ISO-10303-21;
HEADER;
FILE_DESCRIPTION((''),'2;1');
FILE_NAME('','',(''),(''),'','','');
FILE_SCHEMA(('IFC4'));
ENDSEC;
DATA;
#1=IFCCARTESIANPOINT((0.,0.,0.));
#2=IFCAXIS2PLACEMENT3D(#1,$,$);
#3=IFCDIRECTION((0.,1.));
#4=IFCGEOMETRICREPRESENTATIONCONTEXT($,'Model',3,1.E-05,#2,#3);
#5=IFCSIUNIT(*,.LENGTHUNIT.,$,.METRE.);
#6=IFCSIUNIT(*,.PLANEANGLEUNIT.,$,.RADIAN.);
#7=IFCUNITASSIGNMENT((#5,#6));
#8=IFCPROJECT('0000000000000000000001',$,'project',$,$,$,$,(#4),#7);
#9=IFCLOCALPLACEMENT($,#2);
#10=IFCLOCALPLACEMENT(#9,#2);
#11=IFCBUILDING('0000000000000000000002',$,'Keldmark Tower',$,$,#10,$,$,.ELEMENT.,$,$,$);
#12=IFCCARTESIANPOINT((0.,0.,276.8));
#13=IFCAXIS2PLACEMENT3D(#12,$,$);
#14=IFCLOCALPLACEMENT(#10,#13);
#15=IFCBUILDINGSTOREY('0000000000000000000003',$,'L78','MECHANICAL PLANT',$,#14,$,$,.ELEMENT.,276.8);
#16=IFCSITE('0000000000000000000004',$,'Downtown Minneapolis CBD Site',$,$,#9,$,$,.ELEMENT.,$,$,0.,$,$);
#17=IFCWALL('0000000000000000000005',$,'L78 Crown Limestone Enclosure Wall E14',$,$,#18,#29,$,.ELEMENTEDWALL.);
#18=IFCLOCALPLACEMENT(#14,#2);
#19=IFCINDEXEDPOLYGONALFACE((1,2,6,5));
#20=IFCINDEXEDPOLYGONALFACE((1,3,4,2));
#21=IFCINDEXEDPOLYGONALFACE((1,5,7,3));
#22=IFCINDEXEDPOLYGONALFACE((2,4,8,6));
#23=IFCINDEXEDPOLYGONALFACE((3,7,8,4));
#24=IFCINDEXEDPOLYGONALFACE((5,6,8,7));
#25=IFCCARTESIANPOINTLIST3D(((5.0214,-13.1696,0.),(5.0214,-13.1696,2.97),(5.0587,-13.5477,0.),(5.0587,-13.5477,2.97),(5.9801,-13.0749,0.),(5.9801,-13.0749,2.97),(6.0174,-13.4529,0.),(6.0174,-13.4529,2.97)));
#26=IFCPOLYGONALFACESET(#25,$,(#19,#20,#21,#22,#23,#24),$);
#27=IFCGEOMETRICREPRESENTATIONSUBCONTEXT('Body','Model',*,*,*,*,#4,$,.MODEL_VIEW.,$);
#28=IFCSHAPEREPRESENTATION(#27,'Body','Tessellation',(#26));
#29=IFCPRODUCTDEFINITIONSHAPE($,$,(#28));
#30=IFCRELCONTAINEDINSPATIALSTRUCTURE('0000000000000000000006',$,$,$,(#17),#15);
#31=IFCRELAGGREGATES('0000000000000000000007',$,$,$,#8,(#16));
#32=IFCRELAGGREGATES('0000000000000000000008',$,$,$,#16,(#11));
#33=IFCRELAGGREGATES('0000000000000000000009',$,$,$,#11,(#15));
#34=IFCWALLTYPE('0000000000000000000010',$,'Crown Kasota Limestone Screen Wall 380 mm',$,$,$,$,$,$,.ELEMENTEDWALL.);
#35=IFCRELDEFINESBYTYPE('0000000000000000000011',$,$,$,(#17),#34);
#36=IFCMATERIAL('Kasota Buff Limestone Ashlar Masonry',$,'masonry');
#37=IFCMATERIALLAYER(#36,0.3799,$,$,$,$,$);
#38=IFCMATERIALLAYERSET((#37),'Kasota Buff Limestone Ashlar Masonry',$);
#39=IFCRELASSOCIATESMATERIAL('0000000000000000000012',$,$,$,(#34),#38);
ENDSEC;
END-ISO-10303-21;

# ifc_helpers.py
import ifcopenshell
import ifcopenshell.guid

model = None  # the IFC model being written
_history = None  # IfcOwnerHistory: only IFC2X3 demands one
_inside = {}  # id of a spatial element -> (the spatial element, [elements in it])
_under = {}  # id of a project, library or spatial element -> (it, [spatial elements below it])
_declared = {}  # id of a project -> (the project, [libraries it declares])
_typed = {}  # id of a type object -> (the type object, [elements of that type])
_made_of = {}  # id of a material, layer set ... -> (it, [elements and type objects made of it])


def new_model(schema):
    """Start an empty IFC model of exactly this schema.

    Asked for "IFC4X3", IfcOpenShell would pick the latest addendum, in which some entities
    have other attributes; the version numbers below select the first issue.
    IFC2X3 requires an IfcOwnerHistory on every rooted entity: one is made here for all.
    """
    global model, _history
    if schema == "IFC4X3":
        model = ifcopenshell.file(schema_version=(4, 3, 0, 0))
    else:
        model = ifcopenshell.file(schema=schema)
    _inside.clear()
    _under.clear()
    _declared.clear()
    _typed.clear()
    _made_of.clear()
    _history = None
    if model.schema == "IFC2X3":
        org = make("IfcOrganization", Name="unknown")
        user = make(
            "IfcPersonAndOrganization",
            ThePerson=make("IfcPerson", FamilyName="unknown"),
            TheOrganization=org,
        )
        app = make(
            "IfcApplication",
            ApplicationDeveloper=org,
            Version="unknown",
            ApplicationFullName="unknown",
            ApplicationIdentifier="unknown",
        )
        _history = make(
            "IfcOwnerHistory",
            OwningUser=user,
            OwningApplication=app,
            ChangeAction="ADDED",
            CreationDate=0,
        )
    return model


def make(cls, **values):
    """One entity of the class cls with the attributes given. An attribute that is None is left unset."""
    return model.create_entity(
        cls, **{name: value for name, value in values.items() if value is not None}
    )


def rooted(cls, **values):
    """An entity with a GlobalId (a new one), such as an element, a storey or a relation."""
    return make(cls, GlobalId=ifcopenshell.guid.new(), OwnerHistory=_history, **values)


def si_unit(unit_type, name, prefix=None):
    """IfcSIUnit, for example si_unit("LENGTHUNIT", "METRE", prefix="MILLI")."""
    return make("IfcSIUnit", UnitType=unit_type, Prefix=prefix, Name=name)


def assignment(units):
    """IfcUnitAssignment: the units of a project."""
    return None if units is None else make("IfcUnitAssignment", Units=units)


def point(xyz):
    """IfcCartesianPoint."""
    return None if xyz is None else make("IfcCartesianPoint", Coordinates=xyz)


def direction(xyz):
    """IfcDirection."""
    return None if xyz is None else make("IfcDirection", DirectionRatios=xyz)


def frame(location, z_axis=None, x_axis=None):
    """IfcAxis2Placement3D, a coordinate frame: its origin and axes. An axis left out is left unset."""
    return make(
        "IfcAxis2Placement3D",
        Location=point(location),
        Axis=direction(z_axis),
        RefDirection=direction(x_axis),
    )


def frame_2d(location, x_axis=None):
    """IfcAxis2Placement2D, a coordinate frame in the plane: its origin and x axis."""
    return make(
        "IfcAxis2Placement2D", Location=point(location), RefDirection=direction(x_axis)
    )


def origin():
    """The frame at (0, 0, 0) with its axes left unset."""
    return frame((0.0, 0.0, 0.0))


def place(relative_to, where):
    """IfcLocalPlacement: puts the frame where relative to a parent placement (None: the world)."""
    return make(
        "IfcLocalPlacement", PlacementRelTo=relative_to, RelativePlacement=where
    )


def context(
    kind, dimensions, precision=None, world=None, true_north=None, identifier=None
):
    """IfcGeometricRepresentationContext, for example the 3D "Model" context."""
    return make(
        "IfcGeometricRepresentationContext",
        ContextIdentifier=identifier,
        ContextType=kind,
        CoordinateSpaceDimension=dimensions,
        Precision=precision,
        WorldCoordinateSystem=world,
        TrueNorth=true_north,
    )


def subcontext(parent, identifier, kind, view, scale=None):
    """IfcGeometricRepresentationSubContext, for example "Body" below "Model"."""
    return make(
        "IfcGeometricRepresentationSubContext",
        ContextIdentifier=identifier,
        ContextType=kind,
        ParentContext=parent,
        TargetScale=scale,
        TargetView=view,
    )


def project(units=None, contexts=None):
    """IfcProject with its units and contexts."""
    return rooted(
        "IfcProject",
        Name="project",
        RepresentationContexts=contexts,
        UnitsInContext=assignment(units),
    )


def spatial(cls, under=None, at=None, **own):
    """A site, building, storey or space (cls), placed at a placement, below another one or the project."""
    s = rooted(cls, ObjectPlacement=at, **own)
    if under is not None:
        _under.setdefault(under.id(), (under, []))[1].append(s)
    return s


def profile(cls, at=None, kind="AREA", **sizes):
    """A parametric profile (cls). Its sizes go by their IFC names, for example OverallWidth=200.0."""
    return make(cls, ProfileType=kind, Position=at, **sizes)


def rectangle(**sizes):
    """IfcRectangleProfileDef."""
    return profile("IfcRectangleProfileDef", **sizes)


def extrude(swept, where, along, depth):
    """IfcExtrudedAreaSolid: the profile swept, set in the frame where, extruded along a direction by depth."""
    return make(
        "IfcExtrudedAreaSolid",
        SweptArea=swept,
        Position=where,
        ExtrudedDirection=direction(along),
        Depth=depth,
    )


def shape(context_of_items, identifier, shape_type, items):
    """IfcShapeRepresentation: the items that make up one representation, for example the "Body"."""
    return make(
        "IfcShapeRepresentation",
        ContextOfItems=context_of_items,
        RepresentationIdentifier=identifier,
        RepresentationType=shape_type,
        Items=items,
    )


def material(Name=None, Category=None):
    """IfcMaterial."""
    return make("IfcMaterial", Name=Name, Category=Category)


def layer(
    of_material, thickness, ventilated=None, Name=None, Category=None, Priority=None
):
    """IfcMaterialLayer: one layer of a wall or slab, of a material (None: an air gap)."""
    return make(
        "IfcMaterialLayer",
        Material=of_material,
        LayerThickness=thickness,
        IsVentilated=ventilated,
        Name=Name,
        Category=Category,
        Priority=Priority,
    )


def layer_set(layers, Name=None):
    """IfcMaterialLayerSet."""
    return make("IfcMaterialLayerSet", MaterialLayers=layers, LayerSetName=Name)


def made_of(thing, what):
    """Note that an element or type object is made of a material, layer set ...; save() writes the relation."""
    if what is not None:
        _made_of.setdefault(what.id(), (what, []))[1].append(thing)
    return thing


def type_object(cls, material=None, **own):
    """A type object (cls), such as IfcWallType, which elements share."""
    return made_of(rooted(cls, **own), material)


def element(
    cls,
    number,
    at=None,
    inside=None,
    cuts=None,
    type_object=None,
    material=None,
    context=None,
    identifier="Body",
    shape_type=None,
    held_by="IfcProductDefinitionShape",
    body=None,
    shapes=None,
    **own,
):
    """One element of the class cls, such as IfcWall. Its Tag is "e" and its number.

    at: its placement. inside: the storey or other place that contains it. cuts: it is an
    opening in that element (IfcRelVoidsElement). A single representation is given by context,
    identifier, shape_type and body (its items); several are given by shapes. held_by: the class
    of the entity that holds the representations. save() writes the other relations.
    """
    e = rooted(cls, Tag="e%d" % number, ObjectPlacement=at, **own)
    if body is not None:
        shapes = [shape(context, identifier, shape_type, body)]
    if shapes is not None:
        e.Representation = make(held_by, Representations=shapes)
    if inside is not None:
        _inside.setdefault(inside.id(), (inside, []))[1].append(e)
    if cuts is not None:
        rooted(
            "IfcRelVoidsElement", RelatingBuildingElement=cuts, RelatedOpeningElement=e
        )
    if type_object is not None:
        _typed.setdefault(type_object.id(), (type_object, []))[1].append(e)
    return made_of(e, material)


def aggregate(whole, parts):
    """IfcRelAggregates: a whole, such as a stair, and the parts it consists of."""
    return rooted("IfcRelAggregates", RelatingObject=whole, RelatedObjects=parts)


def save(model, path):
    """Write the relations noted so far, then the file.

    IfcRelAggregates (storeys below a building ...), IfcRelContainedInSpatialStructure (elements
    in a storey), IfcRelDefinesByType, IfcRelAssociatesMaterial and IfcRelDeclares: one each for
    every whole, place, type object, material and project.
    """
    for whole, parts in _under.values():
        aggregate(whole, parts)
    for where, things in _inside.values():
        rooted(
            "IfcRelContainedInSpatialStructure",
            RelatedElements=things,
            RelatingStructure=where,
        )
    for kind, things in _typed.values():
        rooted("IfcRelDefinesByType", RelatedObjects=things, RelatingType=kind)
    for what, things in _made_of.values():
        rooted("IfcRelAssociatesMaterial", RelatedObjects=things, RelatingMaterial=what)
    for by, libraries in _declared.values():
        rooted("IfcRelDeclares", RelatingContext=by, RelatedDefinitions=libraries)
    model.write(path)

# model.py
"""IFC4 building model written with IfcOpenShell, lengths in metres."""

from ifc_helpers import new_model, si_unit, direction, frame, frame_2d, origin, place, context, subcontext, project, spatial, rectangle, extrude, material, layer, layer_set, type_object, element, save


model = new_model("IFC4")

# Units and contexts
model_context = context("Model", 3, precision=1e-05, world=origin(), true_north=direction((0.0, 1.0)))
body_context = subcontext(model_context, "Body", "Model", "MODEL_VIEW")
ifc_project = project(units=[si_unit("LENGTHUNIT", "METRE"), si_unit("PLANEANGLEUNIT", "RADIAN")], contexts=[model_context])

# Site, building, storey
site_placement = place(None, origin())
site = spatial("IfcSite", under=ifc_project, at=site_placement, Name="Downtown Minneapolis CBD Site", CompositionType="ELEMENT", RefElevation=0.0)
building_placement = place(site_placement, origin())
building = spatial("IfcBuilding", under=site, at=building_placement, Name="Keldmark Tower", CompositionType="ELEMENT")
storey_placement = place(building_placement, frame((0.0, 0.0, 276.8)))
storey = spatial("IfcBuildingStorey", under=building, at=storey_placement, Name="L78", Description="MECHANICAL PLANT", CompositionType="ELEMENT", Elevation=276.8)

# Wall
ifc_material_1 = material(Name="Kasota Buff Limestone Ashlar Masonry", Category="masonry")
ifc_layer_1 = layer(ifc_material_1, 0.3799)
ifc_layer_set_1 = layer_set([ifc_layer_1], Name="Kasota Buff Limestone Ashlar Masonry")
wall_type = type_object("IfcWallType", Name="Crown Kasota Limestone Screen Wall 380 mm", PredefinedType="ELEMENTEDWALL", material=ifc_layer_set_1)
wall_placement = place(storey_placement, frame((5.04, -13.3586, 0.0), z_axis=(0.0, 0.0, 1.0), x_axis=(0.995154, 0.098324, 0.0)))
element("IfcWall", 1, at=wall_placement, inside=storey, type_object=wall_type, Name="L78 Crown Limestone Enclosure Wall E14", PredefinedType="ELEMENTEDWALL", context=body_context, shape_type="SweptSolid", body=[
    extrude(rectangle(XDim=0.9634, YDim=0.3799, at=frame_2d((0.4817, 0.0))), origin(), (0.0, 0.0, 1.0), 2.97),
])

save(model, "model.ifc")
